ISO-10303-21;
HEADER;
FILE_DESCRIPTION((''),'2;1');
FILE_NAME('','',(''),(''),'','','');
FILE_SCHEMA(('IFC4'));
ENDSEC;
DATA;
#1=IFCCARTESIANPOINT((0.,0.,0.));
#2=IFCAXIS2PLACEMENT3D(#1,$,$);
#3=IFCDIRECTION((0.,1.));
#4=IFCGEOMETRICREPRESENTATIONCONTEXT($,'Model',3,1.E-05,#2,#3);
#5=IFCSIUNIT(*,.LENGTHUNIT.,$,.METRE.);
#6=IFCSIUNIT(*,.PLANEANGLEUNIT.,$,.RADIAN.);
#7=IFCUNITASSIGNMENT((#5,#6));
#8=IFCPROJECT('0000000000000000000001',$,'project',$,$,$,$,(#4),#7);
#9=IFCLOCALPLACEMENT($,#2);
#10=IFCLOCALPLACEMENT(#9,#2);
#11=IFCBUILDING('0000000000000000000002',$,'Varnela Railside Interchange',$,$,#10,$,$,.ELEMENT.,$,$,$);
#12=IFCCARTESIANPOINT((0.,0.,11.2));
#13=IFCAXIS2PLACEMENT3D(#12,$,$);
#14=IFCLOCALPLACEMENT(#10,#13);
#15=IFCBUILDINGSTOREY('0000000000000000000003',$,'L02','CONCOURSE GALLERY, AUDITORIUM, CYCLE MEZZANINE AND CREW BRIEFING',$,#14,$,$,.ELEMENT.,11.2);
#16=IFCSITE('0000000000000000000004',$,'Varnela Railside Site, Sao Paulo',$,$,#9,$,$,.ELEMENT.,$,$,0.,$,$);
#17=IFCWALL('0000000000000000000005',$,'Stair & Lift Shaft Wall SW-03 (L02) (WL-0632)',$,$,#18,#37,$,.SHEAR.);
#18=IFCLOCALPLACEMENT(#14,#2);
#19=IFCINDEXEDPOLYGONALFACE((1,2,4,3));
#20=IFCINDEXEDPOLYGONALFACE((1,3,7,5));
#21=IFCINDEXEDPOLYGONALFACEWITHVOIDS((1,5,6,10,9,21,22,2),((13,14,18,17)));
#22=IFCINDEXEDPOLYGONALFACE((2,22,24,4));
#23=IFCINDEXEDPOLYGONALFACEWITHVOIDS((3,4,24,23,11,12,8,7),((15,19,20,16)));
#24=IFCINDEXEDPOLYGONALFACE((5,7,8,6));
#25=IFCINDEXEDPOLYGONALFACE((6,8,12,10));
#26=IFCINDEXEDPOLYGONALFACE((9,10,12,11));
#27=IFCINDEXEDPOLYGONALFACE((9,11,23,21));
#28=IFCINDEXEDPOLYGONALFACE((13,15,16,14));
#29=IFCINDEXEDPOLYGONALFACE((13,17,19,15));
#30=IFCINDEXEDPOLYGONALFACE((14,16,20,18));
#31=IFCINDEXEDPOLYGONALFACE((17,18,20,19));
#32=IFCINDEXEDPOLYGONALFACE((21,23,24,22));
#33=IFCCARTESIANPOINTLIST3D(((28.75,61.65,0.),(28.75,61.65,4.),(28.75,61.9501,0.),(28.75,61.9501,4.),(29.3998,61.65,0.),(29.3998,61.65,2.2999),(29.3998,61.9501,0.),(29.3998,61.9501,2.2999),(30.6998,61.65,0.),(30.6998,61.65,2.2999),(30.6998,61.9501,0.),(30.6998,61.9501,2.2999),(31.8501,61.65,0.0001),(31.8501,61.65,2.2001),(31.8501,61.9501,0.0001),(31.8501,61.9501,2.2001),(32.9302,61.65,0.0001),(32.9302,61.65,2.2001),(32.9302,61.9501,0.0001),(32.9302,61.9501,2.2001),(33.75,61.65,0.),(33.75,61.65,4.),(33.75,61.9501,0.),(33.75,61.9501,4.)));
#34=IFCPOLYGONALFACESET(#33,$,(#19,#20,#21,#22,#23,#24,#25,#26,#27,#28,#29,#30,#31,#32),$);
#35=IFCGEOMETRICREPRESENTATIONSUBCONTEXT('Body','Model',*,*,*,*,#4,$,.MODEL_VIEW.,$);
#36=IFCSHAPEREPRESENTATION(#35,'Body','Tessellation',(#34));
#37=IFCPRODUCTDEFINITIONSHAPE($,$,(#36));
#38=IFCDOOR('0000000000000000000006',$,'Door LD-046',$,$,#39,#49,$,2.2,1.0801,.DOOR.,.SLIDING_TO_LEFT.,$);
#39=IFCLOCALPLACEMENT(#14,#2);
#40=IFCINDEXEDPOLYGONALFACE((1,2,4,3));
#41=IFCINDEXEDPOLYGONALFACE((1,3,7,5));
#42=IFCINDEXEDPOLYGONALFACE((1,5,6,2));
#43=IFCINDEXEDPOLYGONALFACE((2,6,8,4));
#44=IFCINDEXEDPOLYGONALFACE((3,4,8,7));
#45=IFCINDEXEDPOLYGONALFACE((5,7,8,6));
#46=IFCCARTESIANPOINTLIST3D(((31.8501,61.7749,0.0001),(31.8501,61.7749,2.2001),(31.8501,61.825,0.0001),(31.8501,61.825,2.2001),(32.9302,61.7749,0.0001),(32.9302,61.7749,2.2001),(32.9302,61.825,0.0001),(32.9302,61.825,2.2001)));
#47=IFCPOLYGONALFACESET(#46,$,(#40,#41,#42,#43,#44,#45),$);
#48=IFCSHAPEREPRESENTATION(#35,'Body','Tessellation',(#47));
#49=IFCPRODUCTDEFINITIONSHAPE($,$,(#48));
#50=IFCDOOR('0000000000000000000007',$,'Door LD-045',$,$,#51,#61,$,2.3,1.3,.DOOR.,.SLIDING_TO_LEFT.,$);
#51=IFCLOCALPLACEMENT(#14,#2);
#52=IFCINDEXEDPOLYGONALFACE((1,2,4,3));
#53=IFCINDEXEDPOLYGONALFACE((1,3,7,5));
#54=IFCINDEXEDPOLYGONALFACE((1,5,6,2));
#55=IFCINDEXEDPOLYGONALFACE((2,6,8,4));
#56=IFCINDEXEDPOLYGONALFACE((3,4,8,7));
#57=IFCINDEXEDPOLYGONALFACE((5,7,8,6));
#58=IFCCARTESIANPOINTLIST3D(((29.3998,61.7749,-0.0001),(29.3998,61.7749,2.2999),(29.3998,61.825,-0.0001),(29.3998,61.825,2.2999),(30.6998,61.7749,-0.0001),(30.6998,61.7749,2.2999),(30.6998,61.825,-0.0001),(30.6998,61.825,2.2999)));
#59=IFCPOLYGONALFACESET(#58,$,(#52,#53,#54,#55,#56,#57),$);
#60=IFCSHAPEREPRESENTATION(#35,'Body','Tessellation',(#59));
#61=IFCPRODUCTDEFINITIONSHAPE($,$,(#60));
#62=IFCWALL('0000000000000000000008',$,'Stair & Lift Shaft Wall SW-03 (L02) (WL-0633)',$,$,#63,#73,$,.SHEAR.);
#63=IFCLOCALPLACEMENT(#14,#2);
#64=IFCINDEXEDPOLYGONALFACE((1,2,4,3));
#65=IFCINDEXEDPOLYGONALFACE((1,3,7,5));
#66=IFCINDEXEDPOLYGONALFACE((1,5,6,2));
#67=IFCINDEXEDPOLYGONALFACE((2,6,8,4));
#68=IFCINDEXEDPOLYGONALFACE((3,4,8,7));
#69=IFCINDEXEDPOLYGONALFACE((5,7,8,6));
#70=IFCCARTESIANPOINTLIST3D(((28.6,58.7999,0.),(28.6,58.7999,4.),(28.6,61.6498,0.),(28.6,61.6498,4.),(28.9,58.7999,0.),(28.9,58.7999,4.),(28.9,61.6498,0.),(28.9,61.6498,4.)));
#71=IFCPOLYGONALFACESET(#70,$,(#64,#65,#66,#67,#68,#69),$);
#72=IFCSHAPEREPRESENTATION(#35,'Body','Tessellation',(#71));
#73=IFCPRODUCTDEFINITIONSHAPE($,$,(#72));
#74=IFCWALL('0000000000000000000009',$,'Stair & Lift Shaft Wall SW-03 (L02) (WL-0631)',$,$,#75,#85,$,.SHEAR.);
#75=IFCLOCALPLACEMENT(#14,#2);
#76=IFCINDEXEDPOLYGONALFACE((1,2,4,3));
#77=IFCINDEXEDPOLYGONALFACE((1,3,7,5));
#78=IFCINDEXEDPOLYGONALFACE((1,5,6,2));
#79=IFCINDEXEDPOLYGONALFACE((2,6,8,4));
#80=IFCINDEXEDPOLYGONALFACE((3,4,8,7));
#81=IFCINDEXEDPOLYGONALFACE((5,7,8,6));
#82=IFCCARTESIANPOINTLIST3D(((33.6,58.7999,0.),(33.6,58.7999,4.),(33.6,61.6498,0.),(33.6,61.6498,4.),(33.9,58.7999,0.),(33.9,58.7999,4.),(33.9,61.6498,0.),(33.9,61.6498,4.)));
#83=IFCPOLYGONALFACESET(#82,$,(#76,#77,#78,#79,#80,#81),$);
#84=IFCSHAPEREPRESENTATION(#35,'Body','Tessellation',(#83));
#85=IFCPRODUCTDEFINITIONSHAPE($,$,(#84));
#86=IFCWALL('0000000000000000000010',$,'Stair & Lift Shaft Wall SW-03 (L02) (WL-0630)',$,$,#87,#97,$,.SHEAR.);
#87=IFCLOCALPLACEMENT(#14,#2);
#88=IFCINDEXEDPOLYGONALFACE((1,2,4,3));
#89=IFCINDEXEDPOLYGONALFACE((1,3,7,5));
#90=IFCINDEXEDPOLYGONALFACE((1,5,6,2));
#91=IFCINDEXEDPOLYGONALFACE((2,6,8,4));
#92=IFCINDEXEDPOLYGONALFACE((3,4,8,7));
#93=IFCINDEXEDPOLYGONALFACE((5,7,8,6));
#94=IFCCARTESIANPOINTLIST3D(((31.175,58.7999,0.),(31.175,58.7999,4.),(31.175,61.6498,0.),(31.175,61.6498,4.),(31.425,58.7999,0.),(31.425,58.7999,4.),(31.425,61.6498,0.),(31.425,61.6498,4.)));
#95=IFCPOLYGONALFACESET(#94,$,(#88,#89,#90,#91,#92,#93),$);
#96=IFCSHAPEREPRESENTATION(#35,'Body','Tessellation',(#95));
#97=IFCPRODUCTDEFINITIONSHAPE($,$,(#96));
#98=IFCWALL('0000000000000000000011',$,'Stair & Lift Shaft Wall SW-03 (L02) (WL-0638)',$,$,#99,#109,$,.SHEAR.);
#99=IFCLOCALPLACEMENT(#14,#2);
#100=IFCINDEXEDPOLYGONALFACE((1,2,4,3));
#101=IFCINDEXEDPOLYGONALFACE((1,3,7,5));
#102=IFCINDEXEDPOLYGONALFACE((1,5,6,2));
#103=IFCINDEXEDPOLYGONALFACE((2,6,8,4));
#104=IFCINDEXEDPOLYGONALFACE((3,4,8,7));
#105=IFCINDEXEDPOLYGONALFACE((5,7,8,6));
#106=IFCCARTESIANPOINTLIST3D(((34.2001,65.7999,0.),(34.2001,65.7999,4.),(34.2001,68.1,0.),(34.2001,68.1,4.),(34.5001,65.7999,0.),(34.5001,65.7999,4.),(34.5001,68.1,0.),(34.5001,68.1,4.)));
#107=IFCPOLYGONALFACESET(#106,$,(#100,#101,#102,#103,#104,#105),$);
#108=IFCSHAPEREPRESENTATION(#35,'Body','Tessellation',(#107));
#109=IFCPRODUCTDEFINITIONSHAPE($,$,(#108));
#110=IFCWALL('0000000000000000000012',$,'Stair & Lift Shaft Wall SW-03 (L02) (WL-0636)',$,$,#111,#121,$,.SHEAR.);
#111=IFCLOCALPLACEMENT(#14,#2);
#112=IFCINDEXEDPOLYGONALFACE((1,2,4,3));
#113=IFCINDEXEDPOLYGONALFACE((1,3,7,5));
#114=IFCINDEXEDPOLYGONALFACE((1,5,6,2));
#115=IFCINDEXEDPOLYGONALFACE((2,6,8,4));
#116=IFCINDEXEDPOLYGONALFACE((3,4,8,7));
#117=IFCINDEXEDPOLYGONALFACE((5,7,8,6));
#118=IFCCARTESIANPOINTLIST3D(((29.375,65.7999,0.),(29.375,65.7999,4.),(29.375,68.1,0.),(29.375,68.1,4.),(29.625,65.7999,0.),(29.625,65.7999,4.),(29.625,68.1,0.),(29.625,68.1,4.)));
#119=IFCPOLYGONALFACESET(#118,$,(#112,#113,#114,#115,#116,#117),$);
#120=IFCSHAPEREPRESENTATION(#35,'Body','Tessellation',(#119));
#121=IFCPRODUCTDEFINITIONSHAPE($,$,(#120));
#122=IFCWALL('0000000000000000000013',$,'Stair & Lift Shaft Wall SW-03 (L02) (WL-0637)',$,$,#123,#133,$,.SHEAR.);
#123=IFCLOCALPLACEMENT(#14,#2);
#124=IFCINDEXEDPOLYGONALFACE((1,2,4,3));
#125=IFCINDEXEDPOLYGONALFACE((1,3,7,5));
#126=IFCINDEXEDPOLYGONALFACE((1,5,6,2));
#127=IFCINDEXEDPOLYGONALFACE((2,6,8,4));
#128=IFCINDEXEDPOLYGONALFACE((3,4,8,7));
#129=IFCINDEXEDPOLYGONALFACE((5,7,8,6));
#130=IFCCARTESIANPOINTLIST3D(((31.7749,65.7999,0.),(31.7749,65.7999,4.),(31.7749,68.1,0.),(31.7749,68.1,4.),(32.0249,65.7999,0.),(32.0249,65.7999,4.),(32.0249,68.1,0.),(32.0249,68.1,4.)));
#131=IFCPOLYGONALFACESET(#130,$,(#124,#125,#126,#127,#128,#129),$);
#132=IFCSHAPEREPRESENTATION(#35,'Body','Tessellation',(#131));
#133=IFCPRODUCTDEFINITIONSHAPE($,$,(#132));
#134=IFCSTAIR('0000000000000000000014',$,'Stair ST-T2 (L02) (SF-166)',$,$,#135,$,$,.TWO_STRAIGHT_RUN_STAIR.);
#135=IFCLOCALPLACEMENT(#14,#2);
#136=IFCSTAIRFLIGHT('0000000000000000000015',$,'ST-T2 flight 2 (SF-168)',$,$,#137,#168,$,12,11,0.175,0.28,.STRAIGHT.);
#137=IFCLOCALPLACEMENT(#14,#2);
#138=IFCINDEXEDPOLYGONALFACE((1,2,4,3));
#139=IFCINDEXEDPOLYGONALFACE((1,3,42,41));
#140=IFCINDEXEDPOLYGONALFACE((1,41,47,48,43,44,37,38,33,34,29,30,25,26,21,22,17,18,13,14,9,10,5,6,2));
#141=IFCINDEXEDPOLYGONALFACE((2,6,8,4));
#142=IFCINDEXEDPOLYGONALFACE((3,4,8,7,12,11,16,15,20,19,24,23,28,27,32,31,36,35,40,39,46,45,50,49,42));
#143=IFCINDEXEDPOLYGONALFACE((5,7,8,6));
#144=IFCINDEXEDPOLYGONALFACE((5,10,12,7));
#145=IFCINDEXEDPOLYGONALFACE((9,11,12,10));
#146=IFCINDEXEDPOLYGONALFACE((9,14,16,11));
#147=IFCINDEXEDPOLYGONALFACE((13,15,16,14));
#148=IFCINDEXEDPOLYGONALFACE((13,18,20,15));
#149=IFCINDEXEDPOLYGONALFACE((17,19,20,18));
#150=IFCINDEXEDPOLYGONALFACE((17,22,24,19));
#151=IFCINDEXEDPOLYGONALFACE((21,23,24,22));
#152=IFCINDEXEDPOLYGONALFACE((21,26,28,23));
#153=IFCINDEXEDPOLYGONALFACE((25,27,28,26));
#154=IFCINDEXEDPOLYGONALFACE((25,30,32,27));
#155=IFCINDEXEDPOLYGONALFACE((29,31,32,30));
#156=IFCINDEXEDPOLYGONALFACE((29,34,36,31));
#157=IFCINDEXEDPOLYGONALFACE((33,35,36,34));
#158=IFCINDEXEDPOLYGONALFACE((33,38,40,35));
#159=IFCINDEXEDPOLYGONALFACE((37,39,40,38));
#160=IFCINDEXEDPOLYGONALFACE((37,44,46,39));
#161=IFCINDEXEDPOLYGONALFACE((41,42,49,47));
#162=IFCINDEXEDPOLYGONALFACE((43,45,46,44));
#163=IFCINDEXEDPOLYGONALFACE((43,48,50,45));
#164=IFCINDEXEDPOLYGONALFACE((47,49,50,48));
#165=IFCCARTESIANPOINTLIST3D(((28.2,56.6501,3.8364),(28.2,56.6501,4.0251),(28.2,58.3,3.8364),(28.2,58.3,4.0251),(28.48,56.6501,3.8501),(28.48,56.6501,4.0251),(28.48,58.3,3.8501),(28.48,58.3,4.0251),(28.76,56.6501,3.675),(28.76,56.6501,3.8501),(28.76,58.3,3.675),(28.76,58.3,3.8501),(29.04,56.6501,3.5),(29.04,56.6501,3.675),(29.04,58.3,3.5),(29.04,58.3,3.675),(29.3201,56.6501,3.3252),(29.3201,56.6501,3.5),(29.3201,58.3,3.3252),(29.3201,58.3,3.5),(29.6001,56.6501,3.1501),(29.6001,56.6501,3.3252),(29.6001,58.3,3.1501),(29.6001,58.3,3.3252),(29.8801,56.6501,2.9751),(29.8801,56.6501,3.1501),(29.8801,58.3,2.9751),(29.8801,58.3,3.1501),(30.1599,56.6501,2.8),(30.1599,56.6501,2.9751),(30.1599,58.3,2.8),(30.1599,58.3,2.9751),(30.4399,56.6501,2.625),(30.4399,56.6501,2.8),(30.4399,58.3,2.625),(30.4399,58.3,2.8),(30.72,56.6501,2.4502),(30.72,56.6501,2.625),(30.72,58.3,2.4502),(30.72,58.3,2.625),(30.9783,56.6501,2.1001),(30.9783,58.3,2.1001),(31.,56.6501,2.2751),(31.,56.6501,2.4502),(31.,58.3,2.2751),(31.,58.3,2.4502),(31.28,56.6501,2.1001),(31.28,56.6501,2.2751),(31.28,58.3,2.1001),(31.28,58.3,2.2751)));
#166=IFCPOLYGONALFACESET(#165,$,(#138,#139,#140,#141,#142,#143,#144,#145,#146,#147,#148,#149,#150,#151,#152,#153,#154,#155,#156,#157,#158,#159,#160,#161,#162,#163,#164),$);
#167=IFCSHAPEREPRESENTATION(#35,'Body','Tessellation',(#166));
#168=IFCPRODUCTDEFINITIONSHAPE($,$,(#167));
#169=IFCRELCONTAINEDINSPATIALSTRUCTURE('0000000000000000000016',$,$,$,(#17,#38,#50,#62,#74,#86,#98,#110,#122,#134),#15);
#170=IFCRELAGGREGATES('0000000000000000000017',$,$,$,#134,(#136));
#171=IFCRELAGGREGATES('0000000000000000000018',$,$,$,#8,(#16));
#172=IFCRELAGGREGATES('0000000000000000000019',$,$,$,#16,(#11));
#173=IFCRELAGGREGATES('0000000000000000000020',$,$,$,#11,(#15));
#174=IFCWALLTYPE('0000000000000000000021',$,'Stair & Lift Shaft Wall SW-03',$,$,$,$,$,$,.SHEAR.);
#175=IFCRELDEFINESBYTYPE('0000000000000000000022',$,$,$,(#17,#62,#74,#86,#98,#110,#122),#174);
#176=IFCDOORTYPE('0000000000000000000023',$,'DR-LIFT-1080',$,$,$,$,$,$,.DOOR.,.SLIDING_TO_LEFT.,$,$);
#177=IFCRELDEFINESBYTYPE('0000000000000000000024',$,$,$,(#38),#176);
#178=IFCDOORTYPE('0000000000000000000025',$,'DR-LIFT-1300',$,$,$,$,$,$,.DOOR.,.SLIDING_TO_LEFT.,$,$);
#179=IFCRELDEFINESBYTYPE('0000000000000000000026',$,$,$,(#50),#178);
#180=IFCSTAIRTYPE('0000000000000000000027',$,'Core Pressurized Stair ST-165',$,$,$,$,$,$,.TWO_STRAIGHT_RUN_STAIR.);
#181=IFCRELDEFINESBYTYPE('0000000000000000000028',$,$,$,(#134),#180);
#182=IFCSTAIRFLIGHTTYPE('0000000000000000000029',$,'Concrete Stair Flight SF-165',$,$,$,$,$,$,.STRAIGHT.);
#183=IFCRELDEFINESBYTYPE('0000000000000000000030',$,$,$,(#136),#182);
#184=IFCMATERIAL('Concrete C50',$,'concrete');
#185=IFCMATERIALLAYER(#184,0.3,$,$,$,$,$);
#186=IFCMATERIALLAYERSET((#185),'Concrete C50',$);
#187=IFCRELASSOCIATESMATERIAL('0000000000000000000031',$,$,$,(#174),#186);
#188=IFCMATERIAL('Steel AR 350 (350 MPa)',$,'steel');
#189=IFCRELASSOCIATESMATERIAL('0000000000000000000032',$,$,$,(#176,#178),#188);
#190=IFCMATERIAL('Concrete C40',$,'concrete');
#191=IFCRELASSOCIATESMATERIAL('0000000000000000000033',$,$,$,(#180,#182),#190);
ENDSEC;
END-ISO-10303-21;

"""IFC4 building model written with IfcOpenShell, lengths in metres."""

from ifc_helpers import new_model, si_unit, direction, frame, frame_2d, origin, place, context, subcontext, project, spatial, polyline, rectangle, outline, extrude, material, layer, layer_set, type_object, element, fill, aggregate, save


model = new_model("IFC4")

# Units and contexts
model_context = context("Model", 3, precision=1e-05, world=origin(), true_north=direction((0.0, 1.0)))
body_context = subcontext(model_context, "Body", "Model", "MODEL_VIEW")
ifc_project = project(units=[si_unit("LENGTHUNIT", "METRE"), si_unit("PLANEANGLEUNIT", "RADIAN")], contexts=[model_context])

# Site, building, storey
site_placement = place(None, origin())
site = spatial("IfcSite", under=ifc_project, at=site_placement, Name="Varnela Railside Site, Sao Paulo", CompositionType="ELEMENT", RefElevation=0.0)
building_placement = place(site_placement, origin())
building = spatial("IfcBuilding", under=site, at=building_placement, Name="Varnela Railside Interchange", CompositionType="ELEMENT")
storey_placement = place(building_placement, frame((0.0, 0.0, 11.2)))
storey = spatial("IfcBuildingStorey", under=building, at=storey_placement, Name="L02", Description="CONCOURSE GALLERY, AUDITORIUM, CYCLE MEZZANINE AND CREW BRIEFING", CompositionType="ELEMENT", Elevation=11.2)

# Shared definitions
ifc_material_1 = material(Name="Steel AR 350 (350 MPa)", Category="steel")

# Shared definitions
ifc_material_2 = material(Name="Concrete C40", Category="concrete")

# Shared definitions
ifc_material_3 = material(Name="Concrete C50", Category="concrete")

# Wall, openings, doors
ifc_layer_1 = layer(ifc_material_3, 0.3)
ifc_layer_set_1 = layer_set([ifc_layer_1], Name="Concrete C50")
wall_type_1 = type_object("IfcWallType", Name="Stair & Lift Shaft Wall SW-03", PredefinedType="SHEAR", material=ifc_layer_set_1)
wall_1_placement = place(storey_placement, frame((28.75, 61.8, 0.0), z_axis=(0.0, 0.0, 1.0), x_axis=(1.0, 0.0, 0.0)))
wall_1 = element("IfcWall", 1, at=wall_1_placement, inside=storey, type_object=wall_type_1, Name="Stair & Lift Shaft Wall SW-03 (L02) (WL-0632)", PredefinedType="SHEAR", context=body_context, shape_type="SweptSolid", body=[
    extrude(rectangle(XDim=5.0, YDim=0.3, at=frame_2d((2.5, 0.0))), origin(), (0.0, 0.0, 1.0), 4.0),
])
opening_1_placement = place(wall_1_placement, frame((0.6499, 0.0, 0.0)))
opening_1 = element("IfcOpeningElement", 2, at=opening_1_placement, cuts=wall_1, PredefinedType="OPENING", context=body_context, shape_type="SweptSolid", body=[
    extrude(rectangle(XDim=1.3, YDim=2.3, at=frame_2d((0.6499, 1.1499))), frame((0.0, 0.1599, 0.0), z_axis=(0.0, -1.0, 0.0), x_axis=(1.0, 0.0, 0.0)), (0.0, 0.0, 1.0), 0.3201),
])
opening_2_placement = place(wall_1_placement, frame((3.1001, 0.0, 0.0)))
opening_2 = element("IfcOpeningElement", 3, at=opening_2_placement, cuts=wall_1, PredefinedType="OPENING", context=body_context, shape_type="SweptSolid", body=[
    extrude(rectangle(XDim=1.0801, YDim=2.2, at=frame_2d((0.54, 1.1001))), frame((0.0, 0.1599, 0.0), z_axis=(0.0, -1.0, 0.0), x_axis=(1.0, 0.0, 0.0)), (0.0, 0.0, 1.0), 0.3201),
])
door_type_1 = type_object("IfcDoorType", Name="DR-LIFT-1080", OperationType="SLIDING_TO_LEFT", PredefinedType="DOOR", material=ifc_material_1)
door_1_placement = place(opening_2_placement, origin())
door_1 = element("IfcDoor", 4, at=door_1_placement, inside=storey, type_object=door_type_1, Name="Door LD-046", OperationType="SLIDING_TO_LEFT", OverallHeight=2.2, OverallWidth=1.0801, PredefinedType="DOOR", context=body_context, shape_type="SweptSolid", body=[
    extrude(rectangle(XDim=1.0801, YDim=2.2, at=frame_2d((0.54, 1.1001))), frame((0.0, 0.0249, 0.0), z_axis=(0.0, -1.0, 0.0), x_axis=(1.0, 0.0, 0.0)), (0.0, 0.0, 1.0), 0.05),
])
fill(opening_2, door_1)
door_type_2 = type_object("IfcDoorType", Name="DR-LIFT-1300", OperationType="SLIDING_TO_LEFT", PredefinedType="DOOR", material=ifc_material_1)
door_2_placement = place(opening_1_placement, origin())
door_2 = element("IfcDoor", 5, at=door_2_placement, inside=storey, type_object=door_type_2, Name="Door LD-045", OperationType="SLIDING_TO_LEFT", OverallHeight=2.3, OverallWidth=1.3, PredefinedType="DOOR", context=body_context, shape_type="SweptSolid", body=[
    extrude(rectangle(XDim=1.3, YDim=2.3, at=frame_2d((0.6499, 1.1499))), frame((0.0, 0.0249, 0.0), z_axis=(0.0, -1.0, 0.0), x_axis=(1.0, 0.0, 0.0)), (0.0, 0.0, 1.0), 0.05),
])
fill(opening_1, door_2)

# Walls
for number, where, z_axis, x_axis, name in (
    (6, (28.75, 58.8, 0.0), (0.0, 0.0, 1.0), (0.0, 1.0, 0.0), "Stair & Lift Shaft Wall SW-03 (L02) (WL-0633)"),
    (7, (33.75, 58.8, 0.0), (0.0, 0.0, 1.0), (0.0, 1.0, 0.0), "Stair & Lift Shaft Wall SW-03 (L02) (WL-0631)"),
):
    element("IfcWall", number, at=place(storey_placement, frame(where, z_axis=z_axis, x_axis=x_axis)), inside=storey, type_object=wall_type_1, Name=name, PredefinedType="SHEAR", context=body_context, shape_type="SweptSolid", body=[
        extrude(rectangle(XDim=2.8499, YDim=0.3, at=frame_2d((1.4248, 0.0))), origin(), (0.0, 0.0, 1.0), 4.0),
    ])
wall_2_placement = place(storey_placement, frame((31.3, 58.8, 0.0), z_axis=(0.0, 0.0, 1.0), x_axis=(0.0, 1.0, 0.0)))
element("IfcWall", 8, at=wall_2_placement, inside=storey, type_object=wall_type_1, Name="Stair & Lift Shaft Wall SW-03 (L02) (WL-0630)", PredefinedType="SHEAR", context=body_context, shape_type="SweptSolid", body=[
    extrude(rectangle(XDim=2.8499, YDim=0.25, at=frame_2d((1.4248, 0.0))), origin(), (0.0, 0.0, 1.0), 4.0),
])
wall_3_placement = place(storey_placement, frame((34.3501, 65.8, 0.0), z_axis=(0.0, 0.0, 1.0), x_axis=(0.0, 1.0, 0.0)))
element("IfcWall", 9, at=wall_3_placement, inside=storey, type_object=wall_type_1, Name="Stair & Lift Shaft Wall SW-03 (L02) (WL-0638)", PredefinedType="SHEAR", context=body_context, shape_type="SweptSolid", body=[
    extrude(rectangle(XDim=2.3, YDim=0.3, at=frame_2d((1.1499, 0.0))), origin(), (0.0, 0.0, 1.0), 4.0),
])
for number, where, z_axis, x_axis, name in (
    (10, (29.5, 65.8, 0.0), (0.0, 0.0, 1.0), (0.0, 1.0, 0.0), "Stair & Lift Shaft Wall SW-03 (L02) (WL-0636)"),
    (11, (31.8999, 65.8, 0.0), (0.0, 0.0, 1.0), (0.0, 1.0, 0.0), "Stair & Lift Shaft Wall SW-03 (L02) (WL-0637)"),
):
    element("IfcWall", number, at=place(storey_placement, frame(where, z_axis=z_axis, x_axis=x_axis)), inside=storey, type_object=wall_type_1, Name=name, PredefinedType="SHEAR", context=body_context, shape_type="SweptSolid", body=[
        extrude(rectangle(XDim=2.3, YDim=0.25, at=frame_2d((1.1499, 0.0))), origin(), (0.0, 0.0, 1.0), 4.0),
    ])

# Stair, stair flight
stair_type = type_object("IfcStairType", Name="Core Pressurized Stair ST-165", PredefinedType="TWO_STRAIGHT_RUN_STAIR", material=ifc_material_2)
stair_placement = place(storey_placement, origin())
stair = element("IfcStair", 12, at=stair_placement, inside=storey, type_object=stair_type, Name="Stair ST-T2 (L02) (SF-166)", PredefinedType="TWO_STRAIGHT_RUN_STAIR")
stair_flight_type = type_object("IfcStairFlightType", Name="Concrete Stair Flight SF-165", PredefinedType="STRAIGHT", material=ifc_material_2)
stair_flight_placement = place(storey_placement, frame((31.28, 57.4751, 2.1001), z_axis=(0.0, 0.0, 1.0), x_axis=(-1.0, 0.0, 0.0)))
stair_flight = element("IfcStairFlight", 13, at=stair_flight_placement, type_object=stair_flight_type, Name="ST-T2 flight 2 (SF-168)", NumberOfRisers=12, NumberOfTreads=11, PredefinedType="STRAIGHT", RiserHeight=0.175, TreadLength=0.28, context=body_context, shape_type="SweptSolid", body=[
    extrude(outline(polyline([(0.0, 0.0), (0.0, 0.175), (0.28, 0.175), (0.28, 0.3501), (0.5601, 0.3501), (0.5601, 0.5249), (0.8401, 0.5249), (0.8401, 0.7), (1.1201, 0.7), (1.1201, 0.875), (1.3999, 0.875), (1.3999, 1.05), (1.6799, 1.05), (1.6799, 1.2251), (1.96, 1.2251), (1.96, 1.3999), (2.24, 1.3999), (2.24, 1.575), (2.52, 1.575), (2.52, 1.75), (2.8, 1.75), (2.8, 1.925), (3.0801, 1.925), (3.0801, 2.1001), (3.0801, 1.7363), (0.3018, 0.0), (0.0, 0.0)])), frame((0.0, 0.825, 0.0), z_axis=(0.0, -1.0, 0.0), x_axis=(1.0, 0.0, 0.0)), (0.0, 0.0, 1.0), 1.6499),
])
aggregate(stair, [stair_flight])

save(model, "model.ifc")
